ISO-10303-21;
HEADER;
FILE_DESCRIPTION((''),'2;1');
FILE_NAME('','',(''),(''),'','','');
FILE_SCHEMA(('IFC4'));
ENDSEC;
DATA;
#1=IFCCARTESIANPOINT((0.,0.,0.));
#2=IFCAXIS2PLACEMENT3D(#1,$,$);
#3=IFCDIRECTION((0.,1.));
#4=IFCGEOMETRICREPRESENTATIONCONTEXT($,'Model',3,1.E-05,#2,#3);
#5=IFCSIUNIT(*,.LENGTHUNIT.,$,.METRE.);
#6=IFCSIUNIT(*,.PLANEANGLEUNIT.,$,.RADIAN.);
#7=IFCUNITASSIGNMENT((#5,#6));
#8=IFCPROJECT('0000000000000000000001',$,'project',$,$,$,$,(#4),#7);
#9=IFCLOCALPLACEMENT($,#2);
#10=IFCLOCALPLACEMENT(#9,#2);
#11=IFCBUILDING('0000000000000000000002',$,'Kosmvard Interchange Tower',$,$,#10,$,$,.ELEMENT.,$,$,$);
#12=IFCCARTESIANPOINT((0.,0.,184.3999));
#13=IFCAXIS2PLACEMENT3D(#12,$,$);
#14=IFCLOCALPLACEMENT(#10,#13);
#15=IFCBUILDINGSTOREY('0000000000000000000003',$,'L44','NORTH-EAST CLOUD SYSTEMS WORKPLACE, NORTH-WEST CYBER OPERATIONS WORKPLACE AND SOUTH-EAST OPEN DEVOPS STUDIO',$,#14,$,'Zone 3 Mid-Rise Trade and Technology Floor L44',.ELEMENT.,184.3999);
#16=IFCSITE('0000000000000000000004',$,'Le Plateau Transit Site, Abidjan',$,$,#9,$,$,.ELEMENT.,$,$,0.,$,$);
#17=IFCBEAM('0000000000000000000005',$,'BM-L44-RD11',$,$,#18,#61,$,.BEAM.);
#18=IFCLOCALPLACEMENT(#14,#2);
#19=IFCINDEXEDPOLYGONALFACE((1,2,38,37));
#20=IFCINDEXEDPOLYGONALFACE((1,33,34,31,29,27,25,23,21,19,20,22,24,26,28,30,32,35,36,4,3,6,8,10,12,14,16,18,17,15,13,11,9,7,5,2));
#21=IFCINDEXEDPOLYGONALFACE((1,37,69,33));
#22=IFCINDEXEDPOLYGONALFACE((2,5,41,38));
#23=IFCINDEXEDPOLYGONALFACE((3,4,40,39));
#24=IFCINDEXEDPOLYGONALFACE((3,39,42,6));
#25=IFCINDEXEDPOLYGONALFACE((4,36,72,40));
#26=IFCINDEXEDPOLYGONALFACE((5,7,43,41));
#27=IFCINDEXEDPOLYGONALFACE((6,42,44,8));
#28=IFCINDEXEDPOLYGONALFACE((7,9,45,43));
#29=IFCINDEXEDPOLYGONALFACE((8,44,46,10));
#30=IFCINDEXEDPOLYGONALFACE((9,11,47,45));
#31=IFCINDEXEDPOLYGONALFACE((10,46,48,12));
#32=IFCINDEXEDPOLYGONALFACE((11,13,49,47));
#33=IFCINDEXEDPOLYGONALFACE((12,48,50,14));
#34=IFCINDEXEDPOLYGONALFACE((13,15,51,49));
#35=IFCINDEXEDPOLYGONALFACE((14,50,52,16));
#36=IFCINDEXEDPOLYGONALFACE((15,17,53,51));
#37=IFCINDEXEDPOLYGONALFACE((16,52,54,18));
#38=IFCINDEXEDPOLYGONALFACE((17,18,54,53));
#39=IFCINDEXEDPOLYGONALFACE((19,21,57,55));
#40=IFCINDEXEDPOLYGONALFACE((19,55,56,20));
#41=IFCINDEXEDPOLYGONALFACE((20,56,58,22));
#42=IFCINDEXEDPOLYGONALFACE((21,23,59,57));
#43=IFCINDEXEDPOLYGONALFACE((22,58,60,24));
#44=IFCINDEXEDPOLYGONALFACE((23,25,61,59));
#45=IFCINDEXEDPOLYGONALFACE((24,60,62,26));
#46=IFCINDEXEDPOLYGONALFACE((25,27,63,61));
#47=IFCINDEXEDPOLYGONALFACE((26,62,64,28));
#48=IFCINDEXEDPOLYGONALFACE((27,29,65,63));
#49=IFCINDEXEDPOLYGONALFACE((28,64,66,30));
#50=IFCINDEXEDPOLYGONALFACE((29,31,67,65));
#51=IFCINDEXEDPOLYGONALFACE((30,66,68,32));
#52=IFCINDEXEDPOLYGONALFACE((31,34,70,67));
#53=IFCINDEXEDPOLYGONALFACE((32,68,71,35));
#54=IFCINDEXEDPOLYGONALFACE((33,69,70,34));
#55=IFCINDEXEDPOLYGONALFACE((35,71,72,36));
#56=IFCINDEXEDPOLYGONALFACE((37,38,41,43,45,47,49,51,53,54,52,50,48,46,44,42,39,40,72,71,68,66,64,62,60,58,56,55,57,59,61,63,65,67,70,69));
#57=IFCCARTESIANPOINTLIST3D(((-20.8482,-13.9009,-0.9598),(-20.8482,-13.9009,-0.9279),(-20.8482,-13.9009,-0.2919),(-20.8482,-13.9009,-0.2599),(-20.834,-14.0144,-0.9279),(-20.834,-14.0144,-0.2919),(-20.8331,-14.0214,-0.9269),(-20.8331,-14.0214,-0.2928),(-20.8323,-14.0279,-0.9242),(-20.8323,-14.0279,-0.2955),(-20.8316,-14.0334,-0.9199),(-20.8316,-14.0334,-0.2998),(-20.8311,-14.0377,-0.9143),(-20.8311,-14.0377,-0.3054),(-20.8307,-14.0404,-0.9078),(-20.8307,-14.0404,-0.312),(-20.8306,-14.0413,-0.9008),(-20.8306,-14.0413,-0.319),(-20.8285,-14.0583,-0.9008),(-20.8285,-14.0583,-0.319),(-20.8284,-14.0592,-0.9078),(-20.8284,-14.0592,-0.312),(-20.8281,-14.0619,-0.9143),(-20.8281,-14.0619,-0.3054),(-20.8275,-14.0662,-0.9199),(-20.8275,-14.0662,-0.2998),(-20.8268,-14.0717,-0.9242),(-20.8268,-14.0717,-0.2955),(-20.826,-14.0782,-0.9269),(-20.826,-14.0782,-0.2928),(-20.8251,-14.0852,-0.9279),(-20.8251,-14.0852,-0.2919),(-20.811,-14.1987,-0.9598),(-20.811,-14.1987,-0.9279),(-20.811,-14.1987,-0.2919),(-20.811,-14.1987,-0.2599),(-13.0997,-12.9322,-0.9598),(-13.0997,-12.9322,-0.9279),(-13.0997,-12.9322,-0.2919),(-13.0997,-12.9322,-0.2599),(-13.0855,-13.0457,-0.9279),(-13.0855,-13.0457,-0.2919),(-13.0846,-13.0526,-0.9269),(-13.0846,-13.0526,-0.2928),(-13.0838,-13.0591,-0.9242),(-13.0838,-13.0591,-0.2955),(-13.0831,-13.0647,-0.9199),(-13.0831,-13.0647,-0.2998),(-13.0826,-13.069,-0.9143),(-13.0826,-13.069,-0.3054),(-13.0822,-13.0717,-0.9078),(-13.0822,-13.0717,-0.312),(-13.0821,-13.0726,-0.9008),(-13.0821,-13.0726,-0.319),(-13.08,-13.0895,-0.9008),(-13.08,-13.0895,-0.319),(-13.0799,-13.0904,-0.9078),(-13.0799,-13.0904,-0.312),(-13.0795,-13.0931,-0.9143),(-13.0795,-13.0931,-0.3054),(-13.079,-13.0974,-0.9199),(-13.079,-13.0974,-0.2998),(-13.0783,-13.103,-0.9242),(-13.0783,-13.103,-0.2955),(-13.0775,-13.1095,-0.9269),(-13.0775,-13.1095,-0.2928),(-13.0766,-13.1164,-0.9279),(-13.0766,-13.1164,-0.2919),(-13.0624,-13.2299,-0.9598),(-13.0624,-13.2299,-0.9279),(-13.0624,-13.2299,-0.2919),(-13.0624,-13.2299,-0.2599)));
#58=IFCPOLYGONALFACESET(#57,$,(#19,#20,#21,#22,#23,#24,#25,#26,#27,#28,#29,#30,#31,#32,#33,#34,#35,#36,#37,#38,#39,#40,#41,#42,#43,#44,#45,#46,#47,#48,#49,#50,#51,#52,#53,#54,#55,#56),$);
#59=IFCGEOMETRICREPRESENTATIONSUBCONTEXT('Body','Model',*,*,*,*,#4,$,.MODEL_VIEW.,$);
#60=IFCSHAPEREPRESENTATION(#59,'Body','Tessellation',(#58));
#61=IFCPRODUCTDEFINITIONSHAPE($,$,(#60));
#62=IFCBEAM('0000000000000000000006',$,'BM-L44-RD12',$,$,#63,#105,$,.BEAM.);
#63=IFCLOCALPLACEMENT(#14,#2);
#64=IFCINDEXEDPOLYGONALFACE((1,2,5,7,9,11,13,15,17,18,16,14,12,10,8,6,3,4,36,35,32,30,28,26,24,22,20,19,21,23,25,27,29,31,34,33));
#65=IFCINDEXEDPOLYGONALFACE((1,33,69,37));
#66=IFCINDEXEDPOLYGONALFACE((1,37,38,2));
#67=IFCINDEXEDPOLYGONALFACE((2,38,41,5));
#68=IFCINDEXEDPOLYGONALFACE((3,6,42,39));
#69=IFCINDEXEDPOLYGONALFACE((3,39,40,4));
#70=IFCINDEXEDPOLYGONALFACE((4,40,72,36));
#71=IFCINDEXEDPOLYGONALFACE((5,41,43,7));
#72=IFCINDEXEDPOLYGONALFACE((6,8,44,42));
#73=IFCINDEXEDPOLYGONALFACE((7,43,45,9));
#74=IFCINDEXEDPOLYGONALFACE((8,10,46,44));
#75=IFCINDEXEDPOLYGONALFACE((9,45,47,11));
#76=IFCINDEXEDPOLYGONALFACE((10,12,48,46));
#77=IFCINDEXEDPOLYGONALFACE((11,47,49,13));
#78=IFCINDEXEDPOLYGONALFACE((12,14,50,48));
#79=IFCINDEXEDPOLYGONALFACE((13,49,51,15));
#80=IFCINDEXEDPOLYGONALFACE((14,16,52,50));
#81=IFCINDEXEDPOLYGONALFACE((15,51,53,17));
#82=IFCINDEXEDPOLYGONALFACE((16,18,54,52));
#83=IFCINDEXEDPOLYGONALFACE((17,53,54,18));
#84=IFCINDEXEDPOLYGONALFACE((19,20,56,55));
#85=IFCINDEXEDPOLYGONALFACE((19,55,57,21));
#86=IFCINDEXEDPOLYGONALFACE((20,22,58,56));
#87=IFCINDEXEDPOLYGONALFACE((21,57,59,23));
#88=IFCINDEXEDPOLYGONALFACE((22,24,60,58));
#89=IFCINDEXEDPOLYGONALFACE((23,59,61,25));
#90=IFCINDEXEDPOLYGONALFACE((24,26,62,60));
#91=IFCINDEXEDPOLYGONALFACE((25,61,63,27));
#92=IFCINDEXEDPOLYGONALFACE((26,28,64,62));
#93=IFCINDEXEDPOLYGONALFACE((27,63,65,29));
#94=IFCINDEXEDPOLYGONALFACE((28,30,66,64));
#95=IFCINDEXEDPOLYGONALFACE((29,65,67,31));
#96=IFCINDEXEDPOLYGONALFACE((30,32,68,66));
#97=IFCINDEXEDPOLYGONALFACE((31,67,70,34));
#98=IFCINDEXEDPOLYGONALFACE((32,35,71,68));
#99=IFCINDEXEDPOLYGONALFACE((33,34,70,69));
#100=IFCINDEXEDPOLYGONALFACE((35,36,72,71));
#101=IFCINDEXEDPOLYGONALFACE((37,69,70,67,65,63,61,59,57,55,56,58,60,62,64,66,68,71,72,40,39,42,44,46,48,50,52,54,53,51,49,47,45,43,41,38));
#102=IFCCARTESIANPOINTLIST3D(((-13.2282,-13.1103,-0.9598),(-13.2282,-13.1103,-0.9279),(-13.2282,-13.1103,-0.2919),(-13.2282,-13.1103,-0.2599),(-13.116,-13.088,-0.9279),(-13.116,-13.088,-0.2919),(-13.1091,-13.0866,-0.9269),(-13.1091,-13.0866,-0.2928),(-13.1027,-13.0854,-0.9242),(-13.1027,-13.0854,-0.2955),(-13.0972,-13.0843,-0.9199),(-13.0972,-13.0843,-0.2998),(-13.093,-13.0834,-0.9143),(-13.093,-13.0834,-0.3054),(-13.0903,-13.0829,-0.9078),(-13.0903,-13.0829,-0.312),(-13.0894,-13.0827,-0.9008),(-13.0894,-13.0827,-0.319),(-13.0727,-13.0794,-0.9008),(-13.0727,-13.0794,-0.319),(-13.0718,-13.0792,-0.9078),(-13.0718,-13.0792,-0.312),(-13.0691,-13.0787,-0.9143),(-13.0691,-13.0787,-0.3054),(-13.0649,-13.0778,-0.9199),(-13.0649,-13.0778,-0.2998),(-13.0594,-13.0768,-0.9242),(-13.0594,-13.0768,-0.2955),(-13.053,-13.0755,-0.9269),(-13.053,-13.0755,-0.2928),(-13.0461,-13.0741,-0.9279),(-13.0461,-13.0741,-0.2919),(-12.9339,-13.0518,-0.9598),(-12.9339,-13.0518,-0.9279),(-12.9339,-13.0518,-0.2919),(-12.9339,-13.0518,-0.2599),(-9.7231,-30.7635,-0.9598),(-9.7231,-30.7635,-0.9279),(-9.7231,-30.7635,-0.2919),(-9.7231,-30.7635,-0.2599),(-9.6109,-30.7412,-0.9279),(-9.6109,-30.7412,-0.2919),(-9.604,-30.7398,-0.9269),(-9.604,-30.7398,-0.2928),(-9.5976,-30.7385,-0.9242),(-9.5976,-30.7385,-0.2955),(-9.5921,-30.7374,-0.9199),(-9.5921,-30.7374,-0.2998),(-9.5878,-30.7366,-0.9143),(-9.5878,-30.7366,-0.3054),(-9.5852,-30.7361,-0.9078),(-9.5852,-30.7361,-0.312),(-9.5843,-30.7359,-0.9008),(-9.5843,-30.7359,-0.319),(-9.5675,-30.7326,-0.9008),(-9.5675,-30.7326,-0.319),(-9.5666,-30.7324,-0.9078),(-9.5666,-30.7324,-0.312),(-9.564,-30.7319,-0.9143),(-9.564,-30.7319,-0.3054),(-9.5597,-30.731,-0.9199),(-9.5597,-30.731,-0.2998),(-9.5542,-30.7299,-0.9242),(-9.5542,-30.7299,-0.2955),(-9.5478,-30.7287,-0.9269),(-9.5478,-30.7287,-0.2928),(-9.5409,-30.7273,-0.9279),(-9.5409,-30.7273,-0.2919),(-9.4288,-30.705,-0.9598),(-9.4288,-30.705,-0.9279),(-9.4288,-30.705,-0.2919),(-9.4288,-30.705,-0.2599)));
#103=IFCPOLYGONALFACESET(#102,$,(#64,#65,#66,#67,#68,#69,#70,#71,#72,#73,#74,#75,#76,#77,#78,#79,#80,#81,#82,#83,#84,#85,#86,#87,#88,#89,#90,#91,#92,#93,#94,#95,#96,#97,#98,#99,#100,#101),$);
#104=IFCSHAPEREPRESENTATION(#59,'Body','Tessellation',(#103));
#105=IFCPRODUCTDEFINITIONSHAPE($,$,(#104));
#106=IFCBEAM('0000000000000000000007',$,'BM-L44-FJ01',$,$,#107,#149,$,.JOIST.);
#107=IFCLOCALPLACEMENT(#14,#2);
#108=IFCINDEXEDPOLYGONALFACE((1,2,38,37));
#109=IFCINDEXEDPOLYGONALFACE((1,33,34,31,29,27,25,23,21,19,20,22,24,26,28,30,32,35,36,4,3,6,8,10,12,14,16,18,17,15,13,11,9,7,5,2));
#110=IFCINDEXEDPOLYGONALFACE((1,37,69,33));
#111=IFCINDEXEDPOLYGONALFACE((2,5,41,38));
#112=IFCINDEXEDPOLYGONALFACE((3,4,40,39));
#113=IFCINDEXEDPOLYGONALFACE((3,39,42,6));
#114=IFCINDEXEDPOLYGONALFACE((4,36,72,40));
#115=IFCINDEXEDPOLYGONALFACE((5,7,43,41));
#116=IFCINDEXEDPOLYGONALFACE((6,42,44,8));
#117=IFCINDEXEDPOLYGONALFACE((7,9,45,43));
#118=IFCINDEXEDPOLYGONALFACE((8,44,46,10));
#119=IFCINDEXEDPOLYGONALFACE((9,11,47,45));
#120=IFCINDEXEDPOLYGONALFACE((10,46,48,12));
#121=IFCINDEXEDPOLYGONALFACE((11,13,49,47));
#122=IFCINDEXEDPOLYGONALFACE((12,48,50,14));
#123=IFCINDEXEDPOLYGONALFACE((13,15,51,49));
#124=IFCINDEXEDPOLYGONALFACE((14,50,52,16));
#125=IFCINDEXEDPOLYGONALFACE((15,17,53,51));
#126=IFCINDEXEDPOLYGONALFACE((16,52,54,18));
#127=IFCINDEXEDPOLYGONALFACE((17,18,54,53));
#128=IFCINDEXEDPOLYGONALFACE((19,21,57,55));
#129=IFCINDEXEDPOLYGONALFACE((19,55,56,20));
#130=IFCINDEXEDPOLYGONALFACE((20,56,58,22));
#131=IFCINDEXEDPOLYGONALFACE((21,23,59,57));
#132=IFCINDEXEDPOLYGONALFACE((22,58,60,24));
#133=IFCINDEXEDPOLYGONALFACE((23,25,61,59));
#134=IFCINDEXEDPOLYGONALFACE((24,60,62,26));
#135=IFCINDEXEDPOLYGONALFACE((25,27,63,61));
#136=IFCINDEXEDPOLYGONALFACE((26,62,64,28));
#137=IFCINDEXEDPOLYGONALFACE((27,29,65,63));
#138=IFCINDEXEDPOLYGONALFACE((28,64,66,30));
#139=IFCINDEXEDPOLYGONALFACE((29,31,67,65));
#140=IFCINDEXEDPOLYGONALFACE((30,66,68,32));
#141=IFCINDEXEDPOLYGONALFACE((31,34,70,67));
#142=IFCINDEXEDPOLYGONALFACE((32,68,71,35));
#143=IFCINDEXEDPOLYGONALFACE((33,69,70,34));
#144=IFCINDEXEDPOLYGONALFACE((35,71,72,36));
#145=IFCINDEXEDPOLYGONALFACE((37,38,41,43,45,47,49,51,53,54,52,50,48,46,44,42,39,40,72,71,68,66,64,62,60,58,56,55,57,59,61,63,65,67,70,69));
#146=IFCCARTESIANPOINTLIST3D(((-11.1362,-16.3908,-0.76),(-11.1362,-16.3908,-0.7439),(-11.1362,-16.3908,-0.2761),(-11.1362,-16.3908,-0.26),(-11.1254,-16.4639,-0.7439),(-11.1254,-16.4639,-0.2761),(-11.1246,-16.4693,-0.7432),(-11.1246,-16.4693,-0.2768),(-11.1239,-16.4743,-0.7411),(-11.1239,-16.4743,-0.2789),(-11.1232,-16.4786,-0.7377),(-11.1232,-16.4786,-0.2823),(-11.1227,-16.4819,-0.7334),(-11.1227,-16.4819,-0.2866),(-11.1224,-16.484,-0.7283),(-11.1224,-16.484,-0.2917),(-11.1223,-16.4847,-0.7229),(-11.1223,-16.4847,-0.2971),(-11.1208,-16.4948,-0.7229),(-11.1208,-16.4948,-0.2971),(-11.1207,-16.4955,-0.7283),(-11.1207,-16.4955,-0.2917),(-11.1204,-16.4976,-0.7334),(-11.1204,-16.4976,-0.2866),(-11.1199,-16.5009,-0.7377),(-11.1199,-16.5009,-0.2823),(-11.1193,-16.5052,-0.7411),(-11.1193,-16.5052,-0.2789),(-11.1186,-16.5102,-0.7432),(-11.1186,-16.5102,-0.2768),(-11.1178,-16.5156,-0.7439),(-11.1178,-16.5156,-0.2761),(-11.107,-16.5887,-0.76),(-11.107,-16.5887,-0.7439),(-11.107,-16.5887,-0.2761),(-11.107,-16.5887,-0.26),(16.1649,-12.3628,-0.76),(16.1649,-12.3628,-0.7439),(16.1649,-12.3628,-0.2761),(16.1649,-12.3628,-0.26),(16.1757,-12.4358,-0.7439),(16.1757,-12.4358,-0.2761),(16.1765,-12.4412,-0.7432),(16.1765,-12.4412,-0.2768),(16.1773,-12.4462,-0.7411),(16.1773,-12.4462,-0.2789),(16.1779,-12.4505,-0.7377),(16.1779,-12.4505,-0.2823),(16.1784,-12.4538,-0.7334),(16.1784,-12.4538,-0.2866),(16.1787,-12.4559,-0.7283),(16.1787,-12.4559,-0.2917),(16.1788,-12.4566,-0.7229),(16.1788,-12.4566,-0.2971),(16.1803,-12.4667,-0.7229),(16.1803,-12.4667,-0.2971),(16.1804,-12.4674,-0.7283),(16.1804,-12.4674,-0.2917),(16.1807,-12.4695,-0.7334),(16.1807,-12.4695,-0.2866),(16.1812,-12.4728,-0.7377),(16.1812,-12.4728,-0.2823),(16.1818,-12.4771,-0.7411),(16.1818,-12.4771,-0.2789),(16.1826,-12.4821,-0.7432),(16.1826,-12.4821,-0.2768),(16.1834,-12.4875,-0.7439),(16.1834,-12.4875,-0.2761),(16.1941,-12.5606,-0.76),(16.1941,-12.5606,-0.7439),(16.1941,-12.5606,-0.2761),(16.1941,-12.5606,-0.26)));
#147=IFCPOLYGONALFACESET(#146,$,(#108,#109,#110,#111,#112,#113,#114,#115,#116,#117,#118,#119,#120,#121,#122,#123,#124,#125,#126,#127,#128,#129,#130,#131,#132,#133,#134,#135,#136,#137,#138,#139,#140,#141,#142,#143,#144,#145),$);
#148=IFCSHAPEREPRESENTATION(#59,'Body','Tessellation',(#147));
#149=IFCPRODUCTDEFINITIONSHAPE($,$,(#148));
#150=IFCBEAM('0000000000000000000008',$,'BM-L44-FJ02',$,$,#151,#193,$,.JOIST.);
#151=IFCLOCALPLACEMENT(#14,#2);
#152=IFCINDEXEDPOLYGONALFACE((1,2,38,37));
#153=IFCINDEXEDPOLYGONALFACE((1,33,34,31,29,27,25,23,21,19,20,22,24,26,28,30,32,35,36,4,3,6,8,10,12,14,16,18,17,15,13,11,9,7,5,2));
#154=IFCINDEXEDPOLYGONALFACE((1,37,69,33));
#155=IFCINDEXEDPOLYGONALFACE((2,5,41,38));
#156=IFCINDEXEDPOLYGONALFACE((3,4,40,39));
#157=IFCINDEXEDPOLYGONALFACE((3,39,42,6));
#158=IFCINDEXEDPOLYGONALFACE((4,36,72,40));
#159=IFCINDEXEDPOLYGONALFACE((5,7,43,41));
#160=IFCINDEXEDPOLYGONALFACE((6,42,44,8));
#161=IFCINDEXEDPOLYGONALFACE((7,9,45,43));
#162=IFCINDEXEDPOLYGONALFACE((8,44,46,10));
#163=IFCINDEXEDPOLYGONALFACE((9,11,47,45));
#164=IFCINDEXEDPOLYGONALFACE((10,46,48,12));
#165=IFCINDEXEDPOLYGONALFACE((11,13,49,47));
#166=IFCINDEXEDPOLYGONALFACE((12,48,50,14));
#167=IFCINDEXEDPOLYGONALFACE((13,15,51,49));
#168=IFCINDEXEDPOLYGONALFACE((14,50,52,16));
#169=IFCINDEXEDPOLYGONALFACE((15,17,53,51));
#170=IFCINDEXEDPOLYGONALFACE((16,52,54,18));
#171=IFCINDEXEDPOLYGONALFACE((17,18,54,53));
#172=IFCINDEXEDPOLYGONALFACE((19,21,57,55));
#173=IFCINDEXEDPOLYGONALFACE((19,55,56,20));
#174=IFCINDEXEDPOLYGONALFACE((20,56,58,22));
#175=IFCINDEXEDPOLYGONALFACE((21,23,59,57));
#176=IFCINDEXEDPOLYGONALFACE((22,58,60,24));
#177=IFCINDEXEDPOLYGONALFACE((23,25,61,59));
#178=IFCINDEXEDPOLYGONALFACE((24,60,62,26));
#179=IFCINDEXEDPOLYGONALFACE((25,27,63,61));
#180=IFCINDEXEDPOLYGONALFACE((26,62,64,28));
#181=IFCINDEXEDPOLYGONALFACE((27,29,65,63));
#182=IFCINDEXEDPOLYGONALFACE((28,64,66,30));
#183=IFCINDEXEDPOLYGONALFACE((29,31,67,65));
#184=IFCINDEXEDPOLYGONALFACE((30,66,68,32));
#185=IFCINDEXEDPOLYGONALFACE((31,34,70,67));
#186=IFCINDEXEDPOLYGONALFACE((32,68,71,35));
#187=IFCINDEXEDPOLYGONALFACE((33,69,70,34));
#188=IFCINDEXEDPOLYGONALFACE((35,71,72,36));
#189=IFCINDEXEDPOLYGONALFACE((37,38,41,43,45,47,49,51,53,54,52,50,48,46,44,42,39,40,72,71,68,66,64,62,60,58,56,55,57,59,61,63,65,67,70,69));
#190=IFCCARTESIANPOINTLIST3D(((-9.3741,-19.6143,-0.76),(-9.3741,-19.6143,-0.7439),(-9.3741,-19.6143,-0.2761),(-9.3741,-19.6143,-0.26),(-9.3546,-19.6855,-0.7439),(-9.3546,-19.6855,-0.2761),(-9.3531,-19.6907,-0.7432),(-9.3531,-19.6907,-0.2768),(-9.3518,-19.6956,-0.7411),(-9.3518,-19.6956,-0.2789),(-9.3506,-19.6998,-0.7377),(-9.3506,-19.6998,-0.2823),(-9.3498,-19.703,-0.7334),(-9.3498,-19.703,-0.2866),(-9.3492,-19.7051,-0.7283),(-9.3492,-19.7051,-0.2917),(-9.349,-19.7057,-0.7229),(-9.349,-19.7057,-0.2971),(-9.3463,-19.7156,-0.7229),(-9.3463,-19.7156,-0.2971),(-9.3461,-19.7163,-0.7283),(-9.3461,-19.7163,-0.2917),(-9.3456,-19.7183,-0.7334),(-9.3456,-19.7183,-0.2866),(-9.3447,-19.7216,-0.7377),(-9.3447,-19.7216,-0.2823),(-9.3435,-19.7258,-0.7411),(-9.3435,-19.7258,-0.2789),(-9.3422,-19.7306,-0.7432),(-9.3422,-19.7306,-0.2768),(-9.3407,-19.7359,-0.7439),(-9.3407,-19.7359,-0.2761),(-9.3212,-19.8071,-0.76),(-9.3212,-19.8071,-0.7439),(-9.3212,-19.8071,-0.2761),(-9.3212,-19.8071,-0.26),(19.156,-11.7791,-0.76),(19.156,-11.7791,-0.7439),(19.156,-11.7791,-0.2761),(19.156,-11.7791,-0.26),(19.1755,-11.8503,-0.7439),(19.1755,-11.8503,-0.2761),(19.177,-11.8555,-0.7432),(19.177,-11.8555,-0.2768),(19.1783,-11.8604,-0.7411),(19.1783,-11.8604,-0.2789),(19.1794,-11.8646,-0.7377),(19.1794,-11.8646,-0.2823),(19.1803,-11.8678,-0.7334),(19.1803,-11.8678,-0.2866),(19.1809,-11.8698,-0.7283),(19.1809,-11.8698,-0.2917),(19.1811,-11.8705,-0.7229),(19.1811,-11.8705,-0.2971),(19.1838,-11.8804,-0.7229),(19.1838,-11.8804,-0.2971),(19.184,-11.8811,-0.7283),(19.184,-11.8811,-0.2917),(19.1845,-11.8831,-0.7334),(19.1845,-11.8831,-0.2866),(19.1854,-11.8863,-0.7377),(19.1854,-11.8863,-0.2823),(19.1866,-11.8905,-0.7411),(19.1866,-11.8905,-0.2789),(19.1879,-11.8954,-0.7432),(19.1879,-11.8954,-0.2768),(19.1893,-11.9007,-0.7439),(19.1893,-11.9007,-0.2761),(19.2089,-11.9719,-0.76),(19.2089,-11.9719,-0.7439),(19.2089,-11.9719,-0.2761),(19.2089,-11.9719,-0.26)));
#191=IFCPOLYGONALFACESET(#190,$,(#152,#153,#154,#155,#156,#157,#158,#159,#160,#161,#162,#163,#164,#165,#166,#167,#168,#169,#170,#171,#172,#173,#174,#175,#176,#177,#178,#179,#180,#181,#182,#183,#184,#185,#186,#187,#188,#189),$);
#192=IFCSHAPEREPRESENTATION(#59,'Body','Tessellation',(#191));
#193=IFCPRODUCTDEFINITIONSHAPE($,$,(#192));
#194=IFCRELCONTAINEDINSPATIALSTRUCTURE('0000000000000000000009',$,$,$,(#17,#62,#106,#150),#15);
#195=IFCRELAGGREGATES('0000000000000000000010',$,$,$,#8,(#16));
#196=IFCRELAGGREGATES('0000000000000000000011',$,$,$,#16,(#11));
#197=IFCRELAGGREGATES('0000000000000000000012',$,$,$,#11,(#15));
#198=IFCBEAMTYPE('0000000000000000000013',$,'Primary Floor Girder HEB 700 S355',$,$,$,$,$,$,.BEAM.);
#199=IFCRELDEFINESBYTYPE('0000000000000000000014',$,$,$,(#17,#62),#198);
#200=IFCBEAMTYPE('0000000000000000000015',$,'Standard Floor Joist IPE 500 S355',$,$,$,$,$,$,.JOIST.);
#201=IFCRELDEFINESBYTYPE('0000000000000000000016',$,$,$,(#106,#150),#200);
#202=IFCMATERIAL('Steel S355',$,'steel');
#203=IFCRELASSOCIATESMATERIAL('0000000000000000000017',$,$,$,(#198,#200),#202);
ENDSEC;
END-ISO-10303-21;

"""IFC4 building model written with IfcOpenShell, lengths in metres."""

from ifc_helpers import new_model, si_unit, direction, frame, origin, origin_2d, place, context, subcontext, project, spatial, i_section, extrude, source, transform, mapped, material, material_profile, profile_set, type_object, element, save


model = new_model("IFC4")

# Units and contexts
model_context = context("Model", 3, precision=1e-05, world=origin(), true_north=direction((0.0, 1.0)))
body_context = subcontext(model_context, "Body", "Model", "MODEL_VIEW")
ifc_project = project(units=[si_unit("LENGTHUNIT", "METRE"), si_unit("PLANEANGLEUNIT", "RADIAN")], contexts=[model_context])

# Site, building, storey
site_placement = place(None, origin())
site = spatial("IfcSite", under=ifc_project, at=site_placement, Name="Le Plateau Transit Site, Abidjan", CompositionType="ELEMENT", RefElevation=0.0)
building_placement = place(site_placement, origin())
building = spatial("IfcBuilding", under=site, at=building_placement, Name="Kosmvard Interchange Tower", CompositionType="ELEMENT")
storey_placement = place(building_placement, frame((0.0, 0.0, 184.3999)))
storey = spatial("IfcBuildingStorey", under=building, at=storey_placement, Name="L44", Description="NORTH-EAST CLOUD SYSTEMS WORKPLACE, NORTH-WEST CYBER OPERATIONS WORKPLACE AND SOUTH-EAST OPEN DEVOPS STUDIO", LongName="Zone 3 Mid-Rise Trade and Technology Floor L44", CompositionType="ELEMENT", Elevation=184.3999)

# Beams
ifc_material_1 = material(Name="Steel S355", Category="steel")
ifc_material_profile_1 = material_profile(ifc_material_1, i_section(OverallWidth=0.3, OverallDepth=0.7, WebThickness=0.0171, FlangeThickness=0.032, FilletRadius=0.0271, at=origin_2d()), Name="HEB 700")
ifc_profile_set_1 = profile_set([ifc_material_profile_1], Name="Steel S355")
beam_type_1 = type_object("IfcBeamType", Name="Primary Floor Girder HEB 700 S355", PredefinedType="BEAM", material=ifc_profile_set_1)
shared_shape_1 = source(origin(), body_context, "Body", "SweptSolid", [
    extrude(i_section(OverallWidth=0.3, OverallDepth=0.7, WebThickness=0.0171, FlangeThickness=0.032, FilletRadius=0.0271, at=origin_2d()), origin(), (0.0, 0.0, 1.0), 7.8088),
])
beam_1_placement = place(storey_placement, frame((-13.0811, -13.0811, -0.6099), z_axis=(-0.992275, -0.124058, 0.0), x_axis=(0.124058, -0.992275, 0.0)))
element("IfcBeam", 1, at=beam_1_placement, inside=storey, type_object=beam_type_1, Name="BM-L44-RD11", PredefinedType="BEAM", context=body_context, shape_type="MappedRepresentation", body=[
    mapped(shared_shape_1, transform((0.0, 0.0, 0.0), scale=1.0)),
])
shared_shape_2 = source(origin(), body_context, "Body", "SweptSolid", [
    extrude(i_section(OverallWidth=0.3, OverallDepth=0.7, WebThickness=0.0171, FlangeThickness=0.032, FilletRadius=0.0271, at=origin_2d()), origin(), (0.0, 0.0, 1.0), 17.9978),
])
beam_2_placement = place(storey_placement, frame((-13.0811, -13.0811, -0.6099), z_axis=(0.194754, -0.980852, 0.0), x_axis=(0.980852, 0.194754, 0.0)))
element("IfcBeam", 2, at=beam_2_placement, inside=storey, type_object=beam_type_1, Name="BM-L44-RD12", PredefinedType="BEAM", context=body_context, shape_type="MappedRepresentation", body=[
    mapped(shared_shape_2, transform((0.0, 0.0, 0.0), scale=1.0)),
])
ifc_material_profile_2 = material_profile(ifc_material_1, i_section(OverallWidth=0.2, OverallDepth=0.5, WebThickness=0.0103, FlangeThickness=0.0161, FilletRadius=0.021, at=origin_2d()), Name="IPE 500")
ifc_profile_set_2 = profile_set([ifc_material_profile_2], Name="Steel S355")
beam_type_2 = type_object("IfcBeamType", Name="Standard Floor Joist IPE 500 S355", PredefinedType="JOIST", material=ifc_profile_set_2)
shared_shape_3 = source(origin(), body_context, "Body", "SweptSolid", [
    extrude(i_section(OverallWidth=0.2, OverallDepth=0.5, WebThickness=0.0103, FlangeThickness=0.0161, FilletRadius=0.021, at=origin_2d()), origin(), (0.0, 0.0, 1.0), 27.5967),
])
beam_3_placement = place(storey_placement, frame((-11.1216, -16.4897, -0.51), z_axis=(0.98929, 0.145963, 0.0), x_axis=(-0.145963, 0.98929, 0.0)))
element("IfcBeam", 3, at=beam_3_placement, inside=storey, type_object=beam_type_2, Name="BM-L44-FJ01", PredefinedType="JOIST", context=body_context, shape_type="MappedRepresentation", body=[
    mapped(shared_shape_3, transform((0.0, 0.0, 0.0), scale=1.0)),
])
shared_shape_4 = source(origin(), body_context, "Body", "SweptSolid", [
    extrude(i_section(OverallWidth=0.2, OverallDepth=0.5, WebThickness=0.0103, FlangeThickness=0.0161, FilletRadius=0.021, at=origin_2d()), origin(), (0.0, 0.0, 1.0), 29.5864),
])
beam_4_placement = place(storey_placement, frame((-9.3477, -19.7107, -0.51), z_axis=(0.964297, 0.264825, 0.0), x_axis=(-0.264825, 0.964297, 0.0)))
element("IfcBeam", 4, at=beam_4_placement, inside=storey, type_object=beam_type_2, Name="BM-L44-FJ02", PredefinedType="JOIST", context=body_context, shape_type="MappedRepresentation", body=[
    mapped(shared_shape_4, transform((0.0, 0.0, 0.0), scale=1.0)),
])

save(model, "model.ifc")
